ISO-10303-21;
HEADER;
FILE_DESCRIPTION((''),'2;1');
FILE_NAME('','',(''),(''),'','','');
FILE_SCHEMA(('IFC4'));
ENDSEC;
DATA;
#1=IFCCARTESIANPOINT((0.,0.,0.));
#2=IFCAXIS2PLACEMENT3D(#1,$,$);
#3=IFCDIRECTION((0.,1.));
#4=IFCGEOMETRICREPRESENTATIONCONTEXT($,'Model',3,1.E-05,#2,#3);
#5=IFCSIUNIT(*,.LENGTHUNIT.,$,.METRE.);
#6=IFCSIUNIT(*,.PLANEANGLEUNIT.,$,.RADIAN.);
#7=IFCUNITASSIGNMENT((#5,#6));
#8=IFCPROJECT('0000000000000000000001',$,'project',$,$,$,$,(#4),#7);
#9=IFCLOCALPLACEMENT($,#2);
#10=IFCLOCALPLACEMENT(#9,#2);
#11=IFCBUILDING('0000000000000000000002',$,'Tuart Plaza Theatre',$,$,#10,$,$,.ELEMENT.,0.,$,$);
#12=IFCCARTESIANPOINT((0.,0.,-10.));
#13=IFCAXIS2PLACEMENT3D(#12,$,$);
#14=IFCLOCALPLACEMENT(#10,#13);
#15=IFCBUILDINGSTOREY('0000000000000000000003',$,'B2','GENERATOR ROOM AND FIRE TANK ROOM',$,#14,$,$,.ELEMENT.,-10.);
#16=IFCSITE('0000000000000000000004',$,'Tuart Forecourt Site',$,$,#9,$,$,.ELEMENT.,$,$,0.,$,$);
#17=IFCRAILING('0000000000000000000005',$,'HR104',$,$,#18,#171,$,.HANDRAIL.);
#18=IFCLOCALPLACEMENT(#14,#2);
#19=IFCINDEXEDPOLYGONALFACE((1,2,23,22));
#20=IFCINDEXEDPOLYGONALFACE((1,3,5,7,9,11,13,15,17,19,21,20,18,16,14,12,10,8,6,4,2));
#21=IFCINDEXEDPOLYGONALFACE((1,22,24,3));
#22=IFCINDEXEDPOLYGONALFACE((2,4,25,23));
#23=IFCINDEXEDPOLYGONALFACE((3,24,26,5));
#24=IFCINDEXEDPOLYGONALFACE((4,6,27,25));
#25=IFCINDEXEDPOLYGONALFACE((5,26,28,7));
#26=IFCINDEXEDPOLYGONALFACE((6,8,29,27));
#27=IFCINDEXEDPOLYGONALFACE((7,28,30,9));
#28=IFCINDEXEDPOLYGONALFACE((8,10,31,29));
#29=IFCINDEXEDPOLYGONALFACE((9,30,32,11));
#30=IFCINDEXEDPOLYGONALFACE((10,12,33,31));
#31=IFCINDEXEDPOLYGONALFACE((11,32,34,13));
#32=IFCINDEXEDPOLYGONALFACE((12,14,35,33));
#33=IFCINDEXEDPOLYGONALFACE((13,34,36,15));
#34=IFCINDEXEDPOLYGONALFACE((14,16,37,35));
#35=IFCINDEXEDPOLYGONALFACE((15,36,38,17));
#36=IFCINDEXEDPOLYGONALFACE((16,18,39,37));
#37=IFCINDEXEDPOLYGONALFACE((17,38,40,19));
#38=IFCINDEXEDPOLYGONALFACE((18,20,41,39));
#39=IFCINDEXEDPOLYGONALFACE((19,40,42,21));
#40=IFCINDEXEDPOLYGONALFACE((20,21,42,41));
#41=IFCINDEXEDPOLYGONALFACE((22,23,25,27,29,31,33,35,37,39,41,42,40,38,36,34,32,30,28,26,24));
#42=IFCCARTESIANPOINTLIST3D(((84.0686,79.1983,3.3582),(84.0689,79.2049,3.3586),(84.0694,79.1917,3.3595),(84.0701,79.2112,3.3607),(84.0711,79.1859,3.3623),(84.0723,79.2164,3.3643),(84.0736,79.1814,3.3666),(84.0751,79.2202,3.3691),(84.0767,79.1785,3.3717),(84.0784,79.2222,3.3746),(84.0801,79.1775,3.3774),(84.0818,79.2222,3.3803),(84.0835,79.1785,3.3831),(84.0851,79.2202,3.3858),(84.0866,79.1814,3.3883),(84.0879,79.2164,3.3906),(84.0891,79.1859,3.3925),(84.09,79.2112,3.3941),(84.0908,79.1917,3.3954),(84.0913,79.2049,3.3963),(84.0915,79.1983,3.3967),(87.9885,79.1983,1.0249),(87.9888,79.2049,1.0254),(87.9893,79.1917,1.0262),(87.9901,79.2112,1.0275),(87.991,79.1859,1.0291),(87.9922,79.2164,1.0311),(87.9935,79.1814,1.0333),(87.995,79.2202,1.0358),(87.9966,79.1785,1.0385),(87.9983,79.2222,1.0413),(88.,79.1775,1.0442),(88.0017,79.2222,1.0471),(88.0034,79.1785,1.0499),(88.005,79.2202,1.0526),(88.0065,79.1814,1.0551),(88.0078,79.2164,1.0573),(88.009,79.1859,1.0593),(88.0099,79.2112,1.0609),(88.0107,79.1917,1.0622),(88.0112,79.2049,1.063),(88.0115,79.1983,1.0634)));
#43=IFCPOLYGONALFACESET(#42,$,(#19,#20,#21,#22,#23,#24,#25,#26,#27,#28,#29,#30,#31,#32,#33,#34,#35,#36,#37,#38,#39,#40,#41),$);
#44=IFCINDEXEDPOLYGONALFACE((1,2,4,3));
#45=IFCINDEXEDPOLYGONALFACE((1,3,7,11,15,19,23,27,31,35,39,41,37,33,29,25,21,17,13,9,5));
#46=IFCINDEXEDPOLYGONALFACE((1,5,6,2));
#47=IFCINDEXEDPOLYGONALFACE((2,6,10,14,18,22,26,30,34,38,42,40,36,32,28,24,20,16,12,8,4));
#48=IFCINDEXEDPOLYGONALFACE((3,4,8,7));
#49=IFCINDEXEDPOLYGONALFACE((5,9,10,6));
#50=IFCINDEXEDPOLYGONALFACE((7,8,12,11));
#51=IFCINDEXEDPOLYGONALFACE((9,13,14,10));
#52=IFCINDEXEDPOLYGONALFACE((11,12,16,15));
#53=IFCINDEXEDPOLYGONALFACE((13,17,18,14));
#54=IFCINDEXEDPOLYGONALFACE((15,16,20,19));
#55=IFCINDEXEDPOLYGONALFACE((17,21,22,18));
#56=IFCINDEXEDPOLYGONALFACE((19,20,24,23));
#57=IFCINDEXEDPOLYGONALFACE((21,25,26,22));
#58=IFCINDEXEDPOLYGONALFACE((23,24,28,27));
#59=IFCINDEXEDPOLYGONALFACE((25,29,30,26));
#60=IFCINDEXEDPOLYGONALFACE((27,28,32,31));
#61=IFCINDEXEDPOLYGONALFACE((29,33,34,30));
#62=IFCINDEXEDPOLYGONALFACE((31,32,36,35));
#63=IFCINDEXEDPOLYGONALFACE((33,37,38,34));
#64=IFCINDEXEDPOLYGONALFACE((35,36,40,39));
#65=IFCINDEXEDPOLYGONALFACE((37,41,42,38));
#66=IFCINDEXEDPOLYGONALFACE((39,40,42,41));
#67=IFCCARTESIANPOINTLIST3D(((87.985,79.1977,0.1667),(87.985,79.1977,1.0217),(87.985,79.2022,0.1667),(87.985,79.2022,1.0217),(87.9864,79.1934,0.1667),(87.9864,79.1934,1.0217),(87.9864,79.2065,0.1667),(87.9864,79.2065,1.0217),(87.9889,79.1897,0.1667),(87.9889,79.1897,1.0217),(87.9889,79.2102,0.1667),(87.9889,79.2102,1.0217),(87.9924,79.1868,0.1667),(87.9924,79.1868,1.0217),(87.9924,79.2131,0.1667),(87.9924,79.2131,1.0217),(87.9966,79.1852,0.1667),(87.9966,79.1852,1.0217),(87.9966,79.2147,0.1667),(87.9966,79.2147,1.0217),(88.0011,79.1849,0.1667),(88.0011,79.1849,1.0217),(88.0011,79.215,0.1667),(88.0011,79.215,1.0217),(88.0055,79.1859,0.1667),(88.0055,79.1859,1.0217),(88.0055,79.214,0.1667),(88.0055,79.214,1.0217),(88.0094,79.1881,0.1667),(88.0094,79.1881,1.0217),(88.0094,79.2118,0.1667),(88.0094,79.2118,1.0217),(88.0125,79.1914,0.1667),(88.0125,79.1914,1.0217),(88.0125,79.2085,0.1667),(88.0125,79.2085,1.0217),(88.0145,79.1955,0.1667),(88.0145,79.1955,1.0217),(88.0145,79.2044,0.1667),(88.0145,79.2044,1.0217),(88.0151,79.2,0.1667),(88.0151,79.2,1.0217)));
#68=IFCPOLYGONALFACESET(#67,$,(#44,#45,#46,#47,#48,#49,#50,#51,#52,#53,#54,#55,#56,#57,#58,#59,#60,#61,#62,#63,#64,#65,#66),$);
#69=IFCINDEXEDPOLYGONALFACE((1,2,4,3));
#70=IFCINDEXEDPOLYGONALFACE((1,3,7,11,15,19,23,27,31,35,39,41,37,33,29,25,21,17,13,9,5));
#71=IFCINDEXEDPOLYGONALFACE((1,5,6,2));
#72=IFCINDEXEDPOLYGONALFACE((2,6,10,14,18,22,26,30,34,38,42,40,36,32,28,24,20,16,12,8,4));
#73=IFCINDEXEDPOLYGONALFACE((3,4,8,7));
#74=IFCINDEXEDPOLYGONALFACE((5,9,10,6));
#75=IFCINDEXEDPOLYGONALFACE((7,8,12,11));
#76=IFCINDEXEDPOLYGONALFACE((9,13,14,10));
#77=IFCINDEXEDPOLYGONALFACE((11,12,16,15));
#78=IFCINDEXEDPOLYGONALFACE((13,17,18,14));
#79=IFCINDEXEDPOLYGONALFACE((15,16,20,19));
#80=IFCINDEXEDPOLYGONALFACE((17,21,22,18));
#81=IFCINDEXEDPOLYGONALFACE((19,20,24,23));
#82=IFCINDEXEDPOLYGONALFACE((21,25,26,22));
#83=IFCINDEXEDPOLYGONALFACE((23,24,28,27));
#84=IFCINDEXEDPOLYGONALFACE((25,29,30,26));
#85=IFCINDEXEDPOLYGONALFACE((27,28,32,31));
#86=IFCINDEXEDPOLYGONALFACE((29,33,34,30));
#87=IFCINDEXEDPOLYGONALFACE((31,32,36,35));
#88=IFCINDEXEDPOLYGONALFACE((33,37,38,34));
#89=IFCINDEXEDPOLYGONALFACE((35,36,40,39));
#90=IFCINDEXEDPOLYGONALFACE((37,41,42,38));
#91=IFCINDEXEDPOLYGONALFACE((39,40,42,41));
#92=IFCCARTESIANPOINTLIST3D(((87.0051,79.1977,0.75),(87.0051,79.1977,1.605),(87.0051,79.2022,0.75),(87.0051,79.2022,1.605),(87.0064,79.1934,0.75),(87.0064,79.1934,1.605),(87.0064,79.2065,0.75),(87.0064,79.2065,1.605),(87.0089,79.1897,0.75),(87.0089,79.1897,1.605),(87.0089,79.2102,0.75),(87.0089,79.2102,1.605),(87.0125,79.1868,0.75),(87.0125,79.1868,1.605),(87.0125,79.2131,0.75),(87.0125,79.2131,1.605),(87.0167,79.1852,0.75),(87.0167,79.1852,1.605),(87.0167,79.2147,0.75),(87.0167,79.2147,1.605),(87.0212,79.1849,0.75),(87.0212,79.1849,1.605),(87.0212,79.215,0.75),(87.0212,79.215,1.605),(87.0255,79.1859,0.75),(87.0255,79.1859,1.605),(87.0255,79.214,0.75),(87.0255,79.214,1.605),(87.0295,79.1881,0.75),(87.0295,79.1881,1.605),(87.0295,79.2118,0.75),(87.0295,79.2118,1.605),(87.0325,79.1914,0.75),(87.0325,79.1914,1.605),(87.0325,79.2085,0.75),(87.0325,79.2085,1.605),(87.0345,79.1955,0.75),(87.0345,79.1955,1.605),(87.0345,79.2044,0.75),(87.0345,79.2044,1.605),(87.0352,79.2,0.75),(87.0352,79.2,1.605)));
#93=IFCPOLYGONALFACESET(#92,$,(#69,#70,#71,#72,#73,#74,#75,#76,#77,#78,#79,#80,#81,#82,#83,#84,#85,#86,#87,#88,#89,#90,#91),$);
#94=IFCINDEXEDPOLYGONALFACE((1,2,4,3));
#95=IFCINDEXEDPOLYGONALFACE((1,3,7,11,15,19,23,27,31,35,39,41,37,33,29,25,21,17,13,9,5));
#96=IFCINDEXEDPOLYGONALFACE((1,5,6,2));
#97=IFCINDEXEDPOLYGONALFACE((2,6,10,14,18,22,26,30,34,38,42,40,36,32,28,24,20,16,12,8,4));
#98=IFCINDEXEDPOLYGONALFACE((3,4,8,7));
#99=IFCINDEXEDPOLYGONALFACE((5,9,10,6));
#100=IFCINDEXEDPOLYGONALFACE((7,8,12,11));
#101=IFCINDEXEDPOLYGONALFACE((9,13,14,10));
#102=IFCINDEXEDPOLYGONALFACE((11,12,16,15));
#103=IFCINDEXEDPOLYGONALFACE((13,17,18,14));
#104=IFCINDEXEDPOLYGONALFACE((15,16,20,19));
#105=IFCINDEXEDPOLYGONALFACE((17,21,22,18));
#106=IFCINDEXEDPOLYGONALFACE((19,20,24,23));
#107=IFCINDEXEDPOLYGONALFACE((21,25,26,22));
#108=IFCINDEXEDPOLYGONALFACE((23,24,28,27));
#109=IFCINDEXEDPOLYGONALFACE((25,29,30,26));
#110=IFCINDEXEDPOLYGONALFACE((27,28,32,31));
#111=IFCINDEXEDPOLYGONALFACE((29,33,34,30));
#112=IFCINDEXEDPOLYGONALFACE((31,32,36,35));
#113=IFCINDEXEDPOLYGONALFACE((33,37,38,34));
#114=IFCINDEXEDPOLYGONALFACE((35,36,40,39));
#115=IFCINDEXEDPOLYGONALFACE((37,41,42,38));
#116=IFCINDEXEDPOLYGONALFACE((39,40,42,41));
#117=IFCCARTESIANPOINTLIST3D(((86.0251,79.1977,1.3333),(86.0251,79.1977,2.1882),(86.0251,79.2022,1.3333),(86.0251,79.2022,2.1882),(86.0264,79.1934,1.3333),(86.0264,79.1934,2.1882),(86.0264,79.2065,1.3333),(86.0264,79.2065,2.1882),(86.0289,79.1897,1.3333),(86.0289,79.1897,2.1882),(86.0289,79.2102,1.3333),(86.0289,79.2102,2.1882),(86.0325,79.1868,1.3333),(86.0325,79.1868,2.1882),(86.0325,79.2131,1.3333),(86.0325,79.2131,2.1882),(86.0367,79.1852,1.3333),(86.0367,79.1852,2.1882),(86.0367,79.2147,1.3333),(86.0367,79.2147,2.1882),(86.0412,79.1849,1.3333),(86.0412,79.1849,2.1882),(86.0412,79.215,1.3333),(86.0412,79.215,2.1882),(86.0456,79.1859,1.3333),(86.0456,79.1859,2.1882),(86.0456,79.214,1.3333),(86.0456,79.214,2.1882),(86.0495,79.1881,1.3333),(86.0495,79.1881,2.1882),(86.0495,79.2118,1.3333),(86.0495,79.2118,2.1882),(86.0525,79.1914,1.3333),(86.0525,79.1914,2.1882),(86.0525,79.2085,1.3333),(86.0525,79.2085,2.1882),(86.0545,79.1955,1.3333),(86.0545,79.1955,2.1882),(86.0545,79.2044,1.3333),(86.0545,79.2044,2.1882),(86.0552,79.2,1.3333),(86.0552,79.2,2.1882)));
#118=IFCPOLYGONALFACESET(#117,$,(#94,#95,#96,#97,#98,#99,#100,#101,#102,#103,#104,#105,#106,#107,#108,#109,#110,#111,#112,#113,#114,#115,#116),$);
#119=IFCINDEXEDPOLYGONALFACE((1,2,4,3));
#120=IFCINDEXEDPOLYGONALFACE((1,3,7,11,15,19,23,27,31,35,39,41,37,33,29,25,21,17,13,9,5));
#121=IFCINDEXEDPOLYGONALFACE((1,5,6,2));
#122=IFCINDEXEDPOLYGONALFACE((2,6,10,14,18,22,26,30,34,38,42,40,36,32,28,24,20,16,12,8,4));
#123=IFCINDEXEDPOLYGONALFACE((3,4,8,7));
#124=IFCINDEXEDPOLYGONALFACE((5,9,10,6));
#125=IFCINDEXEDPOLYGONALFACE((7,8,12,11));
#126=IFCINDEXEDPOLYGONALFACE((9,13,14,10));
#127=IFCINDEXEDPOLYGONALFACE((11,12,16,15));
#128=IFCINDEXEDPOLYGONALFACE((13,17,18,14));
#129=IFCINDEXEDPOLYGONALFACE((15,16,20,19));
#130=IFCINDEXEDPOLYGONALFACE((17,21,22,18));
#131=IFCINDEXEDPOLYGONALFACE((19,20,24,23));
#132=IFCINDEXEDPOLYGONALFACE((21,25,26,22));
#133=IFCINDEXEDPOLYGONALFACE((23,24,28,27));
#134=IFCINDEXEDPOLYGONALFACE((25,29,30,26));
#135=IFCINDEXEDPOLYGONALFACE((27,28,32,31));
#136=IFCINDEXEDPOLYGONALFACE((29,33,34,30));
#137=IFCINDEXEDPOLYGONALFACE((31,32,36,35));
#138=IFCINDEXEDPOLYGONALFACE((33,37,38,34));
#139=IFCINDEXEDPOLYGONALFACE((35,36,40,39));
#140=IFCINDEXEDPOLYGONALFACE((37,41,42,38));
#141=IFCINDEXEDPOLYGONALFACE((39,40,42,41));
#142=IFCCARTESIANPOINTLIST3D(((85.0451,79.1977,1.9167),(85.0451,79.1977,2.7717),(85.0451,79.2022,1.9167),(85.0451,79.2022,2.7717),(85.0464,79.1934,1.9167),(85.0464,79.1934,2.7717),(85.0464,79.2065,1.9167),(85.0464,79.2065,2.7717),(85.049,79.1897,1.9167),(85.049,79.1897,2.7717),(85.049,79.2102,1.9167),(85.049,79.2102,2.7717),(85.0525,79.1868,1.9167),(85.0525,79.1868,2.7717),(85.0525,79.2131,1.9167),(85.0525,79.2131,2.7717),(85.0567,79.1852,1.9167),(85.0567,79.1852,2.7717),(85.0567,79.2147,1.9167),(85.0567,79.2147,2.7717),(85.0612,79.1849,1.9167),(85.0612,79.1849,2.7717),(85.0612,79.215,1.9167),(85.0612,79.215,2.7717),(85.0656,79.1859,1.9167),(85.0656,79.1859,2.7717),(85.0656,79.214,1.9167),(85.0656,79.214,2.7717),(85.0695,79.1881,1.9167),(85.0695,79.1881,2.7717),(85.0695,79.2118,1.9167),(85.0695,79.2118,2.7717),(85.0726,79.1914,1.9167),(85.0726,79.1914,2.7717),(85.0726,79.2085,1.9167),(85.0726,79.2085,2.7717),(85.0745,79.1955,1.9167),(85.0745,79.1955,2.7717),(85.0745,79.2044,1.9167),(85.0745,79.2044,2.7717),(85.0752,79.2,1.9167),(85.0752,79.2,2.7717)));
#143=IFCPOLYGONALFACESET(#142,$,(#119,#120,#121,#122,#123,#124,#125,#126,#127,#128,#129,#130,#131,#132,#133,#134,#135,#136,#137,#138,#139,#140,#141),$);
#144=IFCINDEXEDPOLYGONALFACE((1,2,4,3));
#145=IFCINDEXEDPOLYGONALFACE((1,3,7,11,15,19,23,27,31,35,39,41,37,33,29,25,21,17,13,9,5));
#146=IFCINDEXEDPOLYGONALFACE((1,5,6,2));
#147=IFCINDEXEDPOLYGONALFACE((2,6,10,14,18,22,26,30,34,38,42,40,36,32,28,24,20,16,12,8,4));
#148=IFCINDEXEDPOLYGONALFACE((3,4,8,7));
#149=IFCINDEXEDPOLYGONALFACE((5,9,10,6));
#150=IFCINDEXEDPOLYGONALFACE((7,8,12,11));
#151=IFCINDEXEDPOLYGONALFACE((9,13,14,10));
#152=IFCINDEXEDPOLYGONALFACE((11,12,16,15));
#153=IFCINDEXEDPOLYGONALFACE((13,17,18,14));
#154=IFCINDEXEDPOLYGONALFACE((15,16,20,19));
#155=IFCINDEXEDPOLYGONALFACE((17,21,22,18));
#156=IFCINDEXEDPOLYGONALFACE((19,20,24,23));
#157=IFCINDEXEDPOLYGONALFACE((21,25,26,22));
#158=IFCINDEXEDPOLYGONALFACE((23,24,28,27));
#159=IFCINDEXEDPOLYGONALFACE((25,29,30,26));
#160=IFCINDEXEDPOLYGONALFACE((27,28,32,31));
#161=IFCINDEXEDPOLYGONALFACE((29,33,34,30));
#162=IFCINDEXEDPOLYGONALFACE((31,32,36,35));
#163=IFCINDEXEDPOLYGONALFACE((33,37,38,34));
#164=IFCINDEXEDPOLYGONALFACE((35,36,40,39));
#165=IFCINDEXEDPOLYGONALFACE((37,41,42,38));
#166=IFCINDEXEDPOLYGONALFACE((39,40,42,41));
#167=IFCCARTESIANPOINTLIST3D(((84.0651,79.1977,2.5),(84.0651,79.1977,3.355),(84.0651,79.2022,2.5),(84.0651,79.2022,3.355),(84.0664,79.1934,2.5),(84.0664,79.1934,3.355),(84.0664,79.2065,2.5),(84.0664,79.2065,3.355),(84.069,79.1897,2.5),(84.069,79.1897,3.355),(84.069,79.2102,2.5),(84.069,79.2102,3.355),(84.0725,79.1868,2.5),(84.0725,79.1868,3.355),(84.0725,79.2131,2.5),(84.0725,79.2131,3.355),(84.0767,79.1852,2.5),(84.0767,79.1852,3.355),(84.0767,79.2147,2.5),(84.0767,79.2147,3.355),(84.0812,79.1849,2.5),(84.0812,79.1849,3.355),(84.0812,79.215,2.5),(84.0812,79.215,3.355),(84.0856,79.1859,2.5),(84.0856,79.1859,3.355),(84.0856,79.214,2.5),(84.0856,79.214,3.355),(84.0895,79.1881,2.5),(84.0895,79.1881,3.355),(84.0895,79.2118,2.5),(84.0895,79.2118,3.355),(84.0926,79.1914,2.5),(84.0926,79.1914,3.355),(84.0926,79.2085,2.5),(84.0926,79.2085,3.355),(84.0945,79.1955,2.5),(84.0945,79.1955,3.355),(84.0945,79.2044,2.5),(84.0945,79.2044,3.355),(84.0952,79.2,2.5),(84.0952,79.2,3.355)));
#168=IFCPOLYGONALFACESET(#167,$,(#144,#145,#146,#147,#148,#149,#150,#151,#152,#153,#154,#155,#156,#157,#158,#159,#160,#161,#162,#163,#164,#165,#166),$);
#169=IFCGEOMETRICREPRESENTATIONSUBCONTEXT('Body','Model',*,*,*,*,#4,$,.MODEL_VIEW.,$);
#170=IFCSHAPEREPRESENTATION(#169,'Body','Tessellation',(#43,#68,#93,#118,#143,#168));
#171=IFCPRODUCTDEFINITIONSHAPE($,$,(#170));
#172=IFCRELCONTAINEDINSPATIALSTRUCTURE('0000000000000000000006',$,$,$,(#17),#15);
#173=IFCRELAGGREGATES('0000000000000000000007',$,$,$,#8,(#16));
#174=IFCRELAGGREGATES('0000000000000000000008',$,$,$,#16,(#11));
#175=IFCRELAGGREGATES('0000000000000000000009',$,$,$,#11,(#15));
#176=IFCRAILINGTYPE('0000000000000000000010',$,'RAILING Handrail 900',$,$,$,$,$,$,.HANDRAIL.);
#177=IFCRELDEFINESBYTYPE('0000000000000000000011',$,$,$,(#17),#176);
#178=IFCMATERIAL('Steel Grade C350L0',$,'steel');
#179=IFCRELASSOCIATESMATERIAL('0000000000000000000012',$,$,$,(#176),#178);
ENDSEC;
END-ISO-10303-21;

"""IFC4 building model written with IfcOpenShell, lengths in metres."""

from ifc_helpers import new_model, si_unit, direction, frame, origin, origin_2d, place, context, subcontext, project, spatial, circle, extrude, material, type_object, element, save


model = new_model("IFC4")

# Units and contexts
model_context = context("Model", 3, precision=1e-05, world=origin(), true_north=direction((0.0, 1.0)))
body_context = subcontext(model_context, "Body", "Model", "MODEL_VIEW")
ifc_project = project(units=[si_unit("LENGTHUNIT", "METRE"), si_unit("PLANEANGLEUNIT", "RADIAN")], contexts=[model_context])

# Site, building, storey
site_placement = place(None, origin())
site = spatial("IfcSite", under=ifc_project, at=site_placement, Name="Tuart Forecourt Site", CompositionType="ELEMENT", RefElevation=0.0)
building_placement = place(site_placement, origin())
building = spatial("IfcBuilding", under=site, at=building_placement, Name="Tuart Plaza Theatre", CompositionType="ELEMENT", ElevationOfRefHeight=0.0)
storey_placement = place(building_placement, frame((0.0, 0.0, -10.0)))
storey = spatial("IfcBuildingStorey", under=building, at=storey_placement, Name="B2", Description="GENERATOR ROOM AND FIRE TANK ROOM", CompositionType="ELEMENT", Elevation=-10.0)

# Railing
ifc_material_1 = material(Name="Steel Grade C350L0", Category="steel")
railing_type_1 = type_object("IfcRailingType", Name="RAILING Handrail 900", PredefinedType="HANDRAIL", material=ifc_material_1)
railing_1_placement = place(storey_placement, frame((88.0, 79.2, 0.1667)))
element("IfcRailing", 1, at=railing_1_placement, inside=storey, type_object=railing_type_1, Name="HR104", PredefinedType="HANDRAIL", context=body_context, shape_type="SweptSolid", body=[
    extrude(circle(Radius=0.0225, at=origin_2d()), frame((0.0, 0.0, 0.8774), z_axis=(-0.859296, 0.0, 0.511478), x_axis=(0.0, -1.0, 0.0)), (0.0, 0.0, 1.0), 4.5618),
    extrude(circle(Radius=0.0151, at=origin_2d()), origin(), (0.0, 0.0, 1.0), 0.855),
    extrude(circle(Radius=0.0151, at=origin_2d()), frame((-0.98, 0.0, 0.5833)), (0.0, 0.0, 1.0), 0.855),
    extrude(circle(Radius=0.0151, at=origin_2d()), frame((-1.96, 0.0, 1.1665)), (0.0, 0.0, 1.0), 0.855),
    extrude(circle(Radius=0.0151, at=origin_2d()), frame((-2.9399, 0.0, 1.75)), (0.0, 0.0, 1.0), 0.855),
    extrude(circle(Radius=0.0151, at=origin_2d()), frame((-3.9199, 0.0, 2.3333)), (0.0, 0.0, 1.0), 0.855),
])

save(model, "model.ifc")
